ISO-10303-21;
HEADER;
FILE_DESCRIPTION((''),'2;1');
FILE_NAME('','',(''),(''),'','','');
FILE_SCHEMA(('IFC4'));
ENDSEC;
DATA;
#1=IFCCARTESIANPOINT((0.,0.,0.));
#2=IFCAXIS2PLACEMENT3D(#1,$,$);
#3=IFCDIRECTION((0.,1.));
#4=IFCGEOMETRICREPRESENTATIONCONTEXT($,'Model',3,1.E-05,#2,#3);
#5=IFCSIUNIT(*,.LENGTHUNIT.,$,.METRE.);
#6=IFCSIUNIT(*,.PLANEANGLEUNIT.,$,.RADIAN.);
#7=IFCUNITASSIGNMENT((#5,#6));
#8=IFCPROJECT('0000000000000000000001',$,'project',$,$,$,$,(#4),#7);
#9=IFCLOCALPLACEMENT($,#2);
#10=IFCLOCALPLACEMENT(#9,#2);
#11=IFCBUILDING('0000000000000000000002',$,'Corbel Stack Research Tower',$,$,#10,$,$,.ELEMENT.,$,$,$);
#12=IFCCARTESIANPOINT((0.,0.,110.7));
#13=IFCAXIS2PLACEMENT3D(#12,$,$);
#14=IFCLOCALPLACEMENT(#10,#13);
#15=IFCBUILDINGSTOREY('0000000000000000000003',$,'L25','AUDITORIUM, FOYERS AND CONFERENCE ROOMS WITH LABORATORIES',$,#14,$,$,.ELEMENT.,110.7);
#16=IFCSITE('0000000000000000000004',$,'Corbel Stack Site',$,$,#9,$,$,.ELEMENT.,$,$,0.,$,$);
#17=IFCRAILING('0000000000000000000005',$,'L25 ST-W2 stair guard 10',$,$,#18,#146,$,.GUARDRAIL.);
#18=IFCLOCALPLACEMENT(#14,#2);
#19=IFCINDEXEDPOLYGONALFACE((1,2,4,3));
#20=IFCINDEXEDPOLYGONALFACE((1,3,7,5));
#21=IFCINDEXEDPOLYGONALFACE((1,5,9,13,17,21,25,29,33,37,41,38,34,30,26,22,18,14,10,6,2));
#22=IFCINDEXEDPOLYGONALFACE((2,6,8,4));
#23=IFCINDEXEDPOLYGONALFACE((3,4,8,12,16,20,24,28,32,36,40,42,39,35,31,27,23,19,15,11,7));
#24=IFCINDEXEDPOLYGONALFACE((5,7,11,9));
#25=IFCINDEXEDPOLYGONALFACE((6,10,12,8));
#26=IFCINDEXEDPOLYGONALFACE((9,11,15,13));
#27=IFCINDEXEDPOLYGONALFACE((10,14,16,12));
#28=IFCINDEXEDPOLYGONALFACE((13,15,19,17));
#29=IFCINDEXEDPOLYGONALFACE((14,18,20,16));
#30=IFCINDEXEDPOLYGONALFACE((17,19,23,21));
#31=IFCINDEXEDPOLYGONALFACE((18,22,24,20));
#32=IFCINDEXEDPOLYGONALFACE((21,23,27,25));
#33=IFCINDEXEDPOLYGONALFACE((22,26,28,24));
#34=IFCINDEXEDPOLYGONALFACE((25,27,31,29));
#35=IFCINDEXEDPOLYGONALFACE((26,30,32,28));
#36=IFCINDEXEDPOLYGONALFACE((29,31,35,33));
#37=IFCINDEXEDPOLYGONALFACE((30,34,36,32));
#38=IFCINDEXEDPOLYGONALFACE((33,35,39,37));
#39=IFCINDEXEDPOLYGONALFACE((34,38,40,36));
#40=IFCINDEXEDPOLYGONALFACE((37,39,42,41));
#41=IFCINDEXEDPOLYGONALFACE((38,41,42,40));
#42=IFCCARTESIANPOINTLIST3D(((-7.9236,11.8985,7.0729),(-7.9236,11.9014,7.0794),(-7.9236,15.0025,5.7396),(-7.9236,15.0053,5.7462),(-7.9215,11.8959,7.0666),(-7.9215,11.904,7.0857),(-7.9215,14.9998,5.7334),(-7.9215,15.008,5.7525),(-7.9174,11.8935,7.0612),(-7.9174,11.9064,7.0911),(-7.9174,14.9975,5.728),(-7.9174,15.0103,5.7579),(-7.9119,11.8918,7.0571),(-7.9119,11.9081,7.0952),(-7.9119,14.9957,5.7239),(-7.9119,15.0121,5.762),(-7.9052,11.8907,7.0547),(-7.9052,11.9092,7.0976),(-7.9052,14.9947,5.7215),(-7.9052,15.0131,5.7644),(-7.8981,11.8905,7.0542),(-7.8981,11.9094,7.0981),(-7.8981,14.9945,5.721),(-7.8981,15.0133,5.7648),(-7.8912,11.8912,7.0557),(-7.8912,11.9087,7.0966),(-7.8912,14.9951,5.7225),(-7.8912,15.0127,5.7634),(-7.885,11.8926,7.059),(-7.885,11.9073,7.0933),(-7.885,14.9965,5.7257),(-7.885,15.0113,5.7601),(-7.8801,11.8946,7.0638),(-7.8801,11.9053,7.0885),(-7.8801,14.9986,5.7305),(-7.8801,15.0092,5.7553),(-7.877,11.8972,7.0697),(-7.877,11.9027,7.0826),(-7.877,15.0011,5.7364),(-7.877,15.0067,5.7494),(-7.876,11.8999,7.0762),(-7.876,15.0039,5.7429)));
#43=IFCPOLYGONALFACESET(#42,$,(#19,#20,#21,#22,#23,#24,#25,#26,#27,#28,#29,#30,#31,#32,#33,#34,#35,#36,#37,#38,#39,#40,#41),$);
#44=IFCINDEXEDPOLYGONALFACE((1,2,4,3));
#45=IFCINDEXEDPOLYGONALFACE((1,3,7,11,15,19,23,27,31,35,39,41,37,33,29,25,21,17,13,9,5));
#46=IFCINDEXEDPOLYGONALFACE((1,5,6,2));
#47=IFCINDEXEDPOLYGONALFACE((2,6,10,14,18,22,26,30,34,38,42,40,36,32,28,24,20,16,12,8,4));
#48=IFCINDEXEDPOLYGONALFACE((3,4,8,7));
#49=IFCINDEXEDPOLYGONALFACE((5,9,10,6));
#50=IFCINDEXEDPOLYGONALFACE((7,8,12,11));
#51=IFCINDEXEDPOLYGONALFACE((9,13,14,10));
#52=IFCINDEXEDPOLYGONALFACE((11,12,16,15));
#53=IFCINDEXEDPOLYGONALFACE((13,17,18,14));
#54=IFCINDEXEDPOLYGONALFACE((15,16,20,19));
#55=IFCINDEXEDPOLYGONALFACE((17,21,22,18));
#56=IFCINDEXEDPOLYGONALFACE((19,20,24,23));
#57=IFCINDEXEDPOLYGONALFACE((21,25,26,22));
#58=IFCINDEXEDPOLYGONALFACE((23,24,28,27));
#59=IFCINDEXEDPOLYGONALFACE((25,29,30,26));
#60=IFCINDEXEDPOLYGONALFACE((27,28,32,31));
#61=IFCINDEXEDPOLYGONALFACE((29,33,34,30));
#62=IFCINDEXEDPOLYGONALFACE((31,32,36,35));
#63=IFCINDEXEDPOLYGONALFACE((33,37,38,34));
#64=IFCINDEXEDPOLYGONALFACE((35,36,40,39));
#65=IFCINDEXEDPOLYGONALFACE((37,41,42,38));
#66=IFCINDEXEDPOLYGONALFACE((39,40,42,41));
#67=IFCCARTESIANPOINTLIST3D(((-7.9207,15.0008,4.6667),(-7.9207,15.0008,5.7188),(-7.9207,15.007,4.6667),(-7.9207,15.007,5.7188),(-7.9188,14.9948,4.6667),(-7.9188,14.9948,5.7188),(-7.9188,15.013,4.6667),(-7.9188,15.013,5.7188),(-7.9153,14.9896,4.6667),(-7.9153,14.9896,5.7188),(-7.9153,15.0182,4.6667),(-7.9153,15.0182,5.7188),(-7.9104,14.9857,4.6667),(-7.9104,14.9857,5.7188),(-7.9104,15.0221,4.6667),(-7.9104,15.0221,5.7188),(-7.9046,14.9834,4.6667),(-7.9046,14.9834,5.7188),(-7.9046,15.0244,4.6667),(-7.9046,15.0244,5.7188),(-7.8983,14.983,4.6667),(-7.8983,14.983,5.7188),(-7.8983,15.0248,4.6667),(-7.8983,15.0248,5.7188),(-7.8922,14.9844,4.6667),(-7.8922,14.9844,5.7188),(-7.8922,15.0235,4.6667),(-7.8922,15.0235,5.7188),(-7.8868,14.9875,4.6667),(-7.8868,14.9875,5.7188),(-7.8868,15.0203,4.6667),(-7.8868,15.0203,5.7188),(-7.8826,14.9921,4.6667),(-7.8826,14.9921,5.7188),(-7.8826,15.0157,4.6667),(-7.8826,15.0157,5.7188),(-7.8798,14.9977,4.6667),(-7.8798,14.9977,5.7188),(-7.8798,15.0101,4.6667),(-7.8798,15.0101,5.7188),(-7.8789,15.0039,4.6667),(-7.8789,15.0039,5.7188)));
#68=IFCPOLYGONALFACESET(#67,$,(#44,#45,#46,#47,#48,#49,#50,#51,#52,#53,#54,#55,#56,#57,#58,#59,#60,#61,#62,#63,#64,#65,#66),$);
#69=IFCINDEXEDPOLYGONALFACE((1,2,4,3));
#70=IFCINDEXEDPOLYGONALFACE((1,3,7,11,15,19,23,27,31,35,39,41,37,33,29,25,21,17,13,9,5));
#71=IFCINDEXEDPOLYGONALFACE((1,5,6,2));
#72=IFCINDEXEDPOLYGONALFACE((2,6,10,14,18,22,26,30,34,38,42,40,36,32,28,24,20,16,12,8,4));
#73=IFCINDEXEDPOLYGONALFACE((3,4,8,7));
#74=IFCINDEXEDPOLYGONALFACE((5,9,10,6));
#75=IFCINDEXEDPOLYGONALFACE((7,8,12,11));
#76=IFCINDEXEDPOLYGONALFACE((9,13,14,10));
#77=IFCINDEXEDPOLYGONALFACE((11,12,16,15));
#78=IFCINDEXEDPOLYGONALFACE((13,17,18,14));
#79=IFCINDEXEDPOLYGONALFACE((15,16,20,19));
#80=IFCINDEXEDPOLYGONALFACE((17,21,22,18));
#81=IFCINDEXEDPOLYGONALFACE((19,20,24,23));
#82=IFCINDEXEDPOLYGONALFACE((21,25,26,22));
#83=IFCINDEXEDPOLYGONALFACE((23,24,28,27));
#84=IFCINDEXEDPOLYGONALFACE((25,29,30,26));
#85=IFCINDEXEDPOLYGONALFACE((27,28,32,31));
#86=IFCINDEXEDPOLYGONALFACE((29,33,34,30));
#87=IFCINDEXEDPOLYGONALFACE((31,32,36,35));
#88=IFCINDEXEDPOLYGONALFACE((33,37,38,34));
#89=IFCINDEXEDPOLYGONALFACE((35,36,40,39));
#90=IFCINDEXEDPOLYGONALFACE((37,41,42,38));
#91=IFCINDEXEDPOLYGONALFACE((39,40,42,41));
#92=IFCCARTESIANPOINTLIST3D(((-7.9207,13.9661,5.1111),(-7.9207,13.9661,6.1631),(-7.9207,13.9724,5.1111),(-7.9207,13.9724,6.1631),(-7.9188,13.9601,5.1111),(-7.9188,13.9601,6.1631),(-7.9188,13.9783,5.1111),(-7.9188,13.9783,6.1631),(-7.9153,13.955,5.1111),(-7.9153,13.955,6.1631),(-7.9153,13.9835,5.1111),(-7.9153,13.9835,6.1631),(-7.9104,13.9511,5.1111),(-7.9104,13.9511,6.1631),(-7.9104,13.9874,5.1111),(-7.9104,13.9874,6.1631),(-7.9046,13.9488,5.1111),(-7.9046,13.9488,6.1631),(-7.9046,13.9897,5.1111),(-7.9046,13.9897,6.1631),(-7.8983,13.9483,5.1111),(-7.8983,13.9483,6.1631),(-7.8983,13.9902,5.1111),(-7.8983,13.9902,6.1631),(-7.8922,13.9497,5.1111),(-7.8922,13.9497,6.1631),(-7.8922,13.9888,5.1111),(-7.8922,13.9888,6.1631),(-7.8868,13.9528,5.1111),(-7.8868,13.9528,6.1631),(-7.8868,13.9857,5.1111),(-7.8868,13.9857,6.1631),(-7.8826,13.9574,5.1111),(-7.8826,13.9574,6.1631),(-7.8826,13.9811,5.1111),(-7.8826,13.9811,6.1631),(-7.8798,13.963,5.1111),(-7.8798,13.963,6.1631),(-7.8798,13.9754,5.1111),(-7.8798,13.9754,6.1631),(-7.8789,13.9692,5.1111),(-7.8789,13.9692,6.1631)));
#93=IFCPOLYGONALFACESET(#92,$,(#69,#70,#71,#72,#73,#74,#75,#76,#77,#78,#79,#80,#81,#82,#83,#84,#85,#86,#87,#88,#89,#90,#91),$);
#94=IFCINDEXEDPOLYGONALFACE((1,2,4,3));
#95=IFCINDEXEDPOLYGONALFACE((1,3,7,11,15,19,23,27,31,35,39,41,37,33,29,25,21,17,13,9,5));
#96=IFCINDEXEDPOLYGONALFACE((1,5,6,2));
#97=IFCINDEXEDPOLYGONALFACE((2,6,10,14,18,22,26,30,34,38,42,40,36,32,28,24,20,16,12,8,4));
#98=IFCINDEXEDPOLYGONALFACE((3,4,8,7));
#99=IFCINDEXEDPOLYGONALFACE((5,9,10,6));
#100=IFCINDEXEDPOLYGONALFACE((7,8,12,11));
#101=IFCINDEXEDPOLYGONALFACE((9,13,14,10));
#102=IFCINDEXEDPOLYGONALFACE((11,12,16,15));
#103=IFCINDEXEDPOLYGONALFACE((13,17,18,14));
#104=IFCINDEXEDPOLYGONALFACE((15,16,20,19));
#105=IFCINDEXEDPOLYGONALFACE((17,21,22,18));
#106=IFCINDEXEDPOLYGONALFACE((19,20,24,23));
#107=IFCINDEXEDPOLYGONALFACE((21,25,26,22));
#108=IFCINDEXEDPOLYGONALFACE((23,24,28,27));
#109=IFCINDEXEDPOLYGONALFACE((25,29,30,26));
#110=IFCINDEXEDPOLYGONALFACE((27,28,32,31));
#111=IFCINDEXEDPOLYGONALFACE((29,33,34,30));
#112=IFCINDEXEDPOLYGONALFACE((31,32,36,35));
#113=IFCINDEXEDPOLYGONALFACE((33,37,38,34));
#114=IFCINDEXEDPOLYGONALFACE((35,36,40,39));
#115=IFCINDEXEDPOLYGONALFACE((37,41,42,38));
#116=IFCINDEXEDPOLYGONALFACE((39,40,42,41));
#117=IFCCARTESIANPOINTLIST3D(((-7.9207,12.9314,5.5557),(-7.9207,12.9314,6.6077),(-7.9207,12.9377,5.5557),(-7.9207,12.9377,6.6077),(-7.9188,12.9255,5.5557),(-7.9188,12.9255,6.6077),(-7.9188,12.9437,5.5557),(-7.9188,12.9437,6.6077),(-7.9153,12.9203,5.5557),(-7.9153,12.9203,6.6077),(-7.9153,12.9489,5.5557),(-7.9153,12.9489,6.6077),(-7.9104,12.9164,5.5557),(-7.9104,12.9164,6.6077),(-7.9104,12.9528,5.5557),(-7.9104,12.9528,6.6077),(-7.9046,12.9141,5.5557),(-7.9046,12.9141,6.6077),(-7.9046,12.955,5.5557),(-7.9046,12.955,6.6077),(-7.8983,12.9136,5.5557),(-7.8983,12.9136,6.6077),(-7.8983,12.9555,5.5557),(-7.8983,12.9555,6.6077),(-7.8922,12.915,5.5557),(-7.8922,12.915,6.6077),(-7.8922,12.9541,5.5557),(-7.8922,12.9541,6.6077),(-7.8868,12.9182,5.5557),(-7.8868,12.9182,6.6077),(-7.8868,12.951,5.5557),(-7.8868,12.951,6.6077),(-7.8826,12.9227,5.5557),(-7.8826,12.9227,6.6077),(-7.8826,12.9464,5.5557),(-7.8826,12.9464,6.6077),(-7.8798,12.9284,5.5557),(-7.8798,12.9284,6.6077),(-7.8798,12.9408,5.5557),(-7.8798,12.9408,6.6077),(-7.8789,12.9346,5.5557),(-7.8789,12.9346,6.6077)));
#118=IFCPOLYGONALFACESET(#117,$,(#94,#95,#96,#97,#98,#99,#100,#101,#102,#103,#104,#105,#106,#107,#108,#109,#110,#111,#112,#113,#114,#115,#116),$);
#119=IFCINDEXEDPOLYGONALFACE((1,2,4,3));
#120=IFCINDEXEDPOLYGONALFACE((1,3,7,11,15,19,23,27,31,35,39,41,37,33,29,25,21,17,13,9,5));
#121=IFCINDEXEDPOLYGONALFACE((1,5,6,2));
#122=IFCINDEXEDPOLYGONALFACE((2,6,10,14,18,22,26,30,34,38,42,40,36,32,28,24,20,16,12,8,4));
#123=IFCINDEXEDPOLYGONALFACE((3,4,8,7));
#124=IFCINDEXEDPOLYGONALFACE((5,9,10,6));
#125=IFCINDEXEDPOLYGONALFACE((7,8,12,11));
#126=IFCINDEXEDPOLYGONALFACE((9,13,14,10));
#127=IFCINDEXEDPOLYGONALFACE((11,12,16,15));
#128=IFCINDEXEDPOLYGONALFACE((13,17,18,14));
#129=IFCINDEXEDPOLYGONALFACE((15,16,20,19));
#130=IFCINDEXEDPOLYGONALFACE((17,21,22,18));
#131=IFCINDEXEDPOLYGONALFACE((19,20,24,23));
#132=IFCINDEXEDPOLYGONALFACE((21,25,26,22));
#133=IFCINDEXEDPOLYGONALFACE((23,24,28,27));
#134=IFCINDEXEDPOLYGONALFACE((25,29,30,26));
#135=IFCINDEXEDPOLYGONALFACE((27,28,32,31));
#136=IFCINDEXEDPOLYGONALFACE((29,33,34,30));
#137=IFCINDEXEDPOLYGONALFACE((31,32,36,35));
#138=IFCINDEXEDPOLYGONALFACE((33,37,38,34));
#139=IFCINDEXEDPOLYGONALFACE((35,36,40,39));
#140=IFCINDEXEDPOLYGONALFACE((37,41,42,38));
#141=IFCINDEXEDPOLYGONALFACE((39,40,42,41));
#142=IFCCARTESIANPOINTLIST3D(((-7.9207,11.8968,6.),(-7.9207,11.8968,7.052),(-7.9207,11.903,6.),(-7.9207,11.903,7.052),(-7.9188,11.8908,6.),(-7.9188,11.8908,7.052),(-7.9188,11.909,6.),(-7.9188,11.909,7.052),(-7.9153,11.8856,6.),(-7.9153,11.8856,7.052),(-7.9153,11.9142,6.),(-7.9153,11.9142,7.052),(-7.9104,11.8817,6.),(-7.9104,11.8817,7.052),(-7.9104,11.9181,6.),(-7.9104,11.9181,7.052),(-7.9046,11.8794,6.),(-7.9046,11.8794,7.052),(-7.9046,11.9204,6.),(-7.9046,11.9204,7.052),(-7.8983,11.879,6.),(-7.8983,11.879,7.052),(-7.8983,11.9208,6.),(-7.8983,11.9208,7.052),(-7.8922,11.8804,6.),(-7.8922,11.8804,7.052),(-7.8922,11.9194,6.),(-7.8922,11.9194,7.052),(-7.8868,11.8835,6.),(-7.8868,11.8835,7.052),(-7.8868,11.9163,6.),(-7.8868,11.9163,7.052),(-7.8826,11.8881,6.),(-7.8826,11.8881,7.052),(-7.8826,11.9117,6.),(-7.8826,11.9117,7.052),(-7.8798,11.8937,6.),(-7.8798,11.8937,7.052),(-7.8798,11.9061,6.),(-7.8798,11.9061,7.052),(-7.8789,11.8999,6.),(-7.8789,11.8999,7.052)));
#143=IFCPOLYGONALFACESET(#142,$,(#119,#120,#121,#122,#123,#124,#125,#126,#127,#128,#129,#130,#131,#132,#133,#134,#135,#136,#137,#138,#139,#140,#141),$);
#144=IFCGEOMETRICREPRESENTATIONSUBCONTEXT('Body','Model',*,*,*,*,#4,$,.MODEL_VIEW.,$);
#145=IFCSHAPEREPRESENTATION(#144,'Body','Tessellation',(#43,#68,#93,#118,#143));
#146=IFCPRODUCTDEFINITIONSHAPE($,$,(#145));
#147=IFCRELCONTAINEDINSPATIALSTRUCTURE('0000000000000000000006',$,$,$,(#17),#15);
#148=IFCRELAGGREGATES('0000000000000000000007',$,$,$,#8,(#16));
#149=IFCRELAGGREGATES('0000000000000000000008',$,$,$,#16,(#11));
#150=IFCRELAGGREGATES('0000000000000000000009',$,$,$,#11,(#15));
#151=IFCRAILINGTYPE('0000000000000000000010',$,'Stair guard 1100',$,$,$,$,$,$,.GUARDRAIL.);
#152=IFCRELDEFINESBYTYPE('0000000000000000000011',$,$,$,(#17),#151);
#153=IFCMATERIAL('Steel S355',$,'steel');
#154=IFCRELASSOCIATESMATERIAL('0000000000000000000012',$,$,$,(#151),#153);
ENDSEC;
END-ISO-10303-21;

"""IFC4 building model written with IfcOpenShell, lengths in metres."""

from ifc_helpers import new_model, si_unit, direction, frame, origin, origin_2d, place, context, subcontext, project, spatial, circle, extrude, material, type_object, element, save


model = new_model("IFC4")

# Units and contexts
model_context = context("Model", 3, precision=1e-05, world=origin(), true_north=direction((0.0, 1.0)))
body_context = subcontext(model_context, "Body", "Model", "MODEL_VIEW")
ifc_project = project(units=[si_unit("LENGTHUNIT", "METRE"), si_unit("PLANEANGLEUNIT", "RADIAN")], contexts=[model_context])

# Site, building, storey
site_placement = place(None, origin())
site = spatial("IfcSite", under=ifc_project, at=site_placement, Name="Corbel Stack Site", CompositionType="ELEMENT", RefElevation=0.0)
building_placement = place(site_placement, origin())
building = spatial("IfcBuilding", under=site, at=building_placement, Name="Corbel Stack Research Tower", CompositionType="ELEMENT")
storey_placement = place(building_placement, frame((0.0, 0.0, 110.7)))
storey = spatial("IfcBuildingStorey", under=building, at=storey_placement, Name="L25", Description="AUDITORIUM, FOYERS AND CONFERENCE ROOMS WITH LABORATORIES", CompositionType="ELEMENT", Elevation=110.7)

# Railing
ifc_material_1 = material(Name="Steel S355", Category="steel")
railing_type_1 = type_object("IfcRailingType", Name="Stair guard 1100", PredefinedType="GUARDRAIL", material=ifc_material_1)
railing_1_placement = place(storey_placement, frame((-7.8999, 15.0039, 4.6667)))
element("IfcRailing", 1, at=railing_1_placement, inside=storey, type_object=railing_type_1, Name="L25 ST-W2 stair guard 10", PredefinedType="GUARDRAIL", context=body_context, shape_type="SweptSolid", body=[
    extrude(circle(Radius=0.0239, at=origin_2d()), frame((0.0, 0.0, 1.0762), z_axis=(0.0, -0.918827, 0.394661), x_axis=(1.0, 0.0, 0.0)), (0.0, 0.0, 1.0), 3.3782),
    extrude(circle(Radius=0.021, at=origin_2d()), origin(), (0.0, 0.0, 1.0), 1.052),
    extrude(circle(Radius=0.021, at=origin_2d()), frame((0.0, -1.0347, 0.4443)), (0.0, 0.0, 1.0), 1.052),
    extrude(circle(Radius=0.021, at=origin_2d()), frame((0.0, -2.0693, 0.8889)), (0.0, 0.0, 1.0), 1.052),
    extrude(circle(Radius=0.021, at=origin_2d()), frame((0.0, -3.104, 1.3333)), (0.0, 0.0, 1.0), 1.052),
])

save(model, "model.ifc")
